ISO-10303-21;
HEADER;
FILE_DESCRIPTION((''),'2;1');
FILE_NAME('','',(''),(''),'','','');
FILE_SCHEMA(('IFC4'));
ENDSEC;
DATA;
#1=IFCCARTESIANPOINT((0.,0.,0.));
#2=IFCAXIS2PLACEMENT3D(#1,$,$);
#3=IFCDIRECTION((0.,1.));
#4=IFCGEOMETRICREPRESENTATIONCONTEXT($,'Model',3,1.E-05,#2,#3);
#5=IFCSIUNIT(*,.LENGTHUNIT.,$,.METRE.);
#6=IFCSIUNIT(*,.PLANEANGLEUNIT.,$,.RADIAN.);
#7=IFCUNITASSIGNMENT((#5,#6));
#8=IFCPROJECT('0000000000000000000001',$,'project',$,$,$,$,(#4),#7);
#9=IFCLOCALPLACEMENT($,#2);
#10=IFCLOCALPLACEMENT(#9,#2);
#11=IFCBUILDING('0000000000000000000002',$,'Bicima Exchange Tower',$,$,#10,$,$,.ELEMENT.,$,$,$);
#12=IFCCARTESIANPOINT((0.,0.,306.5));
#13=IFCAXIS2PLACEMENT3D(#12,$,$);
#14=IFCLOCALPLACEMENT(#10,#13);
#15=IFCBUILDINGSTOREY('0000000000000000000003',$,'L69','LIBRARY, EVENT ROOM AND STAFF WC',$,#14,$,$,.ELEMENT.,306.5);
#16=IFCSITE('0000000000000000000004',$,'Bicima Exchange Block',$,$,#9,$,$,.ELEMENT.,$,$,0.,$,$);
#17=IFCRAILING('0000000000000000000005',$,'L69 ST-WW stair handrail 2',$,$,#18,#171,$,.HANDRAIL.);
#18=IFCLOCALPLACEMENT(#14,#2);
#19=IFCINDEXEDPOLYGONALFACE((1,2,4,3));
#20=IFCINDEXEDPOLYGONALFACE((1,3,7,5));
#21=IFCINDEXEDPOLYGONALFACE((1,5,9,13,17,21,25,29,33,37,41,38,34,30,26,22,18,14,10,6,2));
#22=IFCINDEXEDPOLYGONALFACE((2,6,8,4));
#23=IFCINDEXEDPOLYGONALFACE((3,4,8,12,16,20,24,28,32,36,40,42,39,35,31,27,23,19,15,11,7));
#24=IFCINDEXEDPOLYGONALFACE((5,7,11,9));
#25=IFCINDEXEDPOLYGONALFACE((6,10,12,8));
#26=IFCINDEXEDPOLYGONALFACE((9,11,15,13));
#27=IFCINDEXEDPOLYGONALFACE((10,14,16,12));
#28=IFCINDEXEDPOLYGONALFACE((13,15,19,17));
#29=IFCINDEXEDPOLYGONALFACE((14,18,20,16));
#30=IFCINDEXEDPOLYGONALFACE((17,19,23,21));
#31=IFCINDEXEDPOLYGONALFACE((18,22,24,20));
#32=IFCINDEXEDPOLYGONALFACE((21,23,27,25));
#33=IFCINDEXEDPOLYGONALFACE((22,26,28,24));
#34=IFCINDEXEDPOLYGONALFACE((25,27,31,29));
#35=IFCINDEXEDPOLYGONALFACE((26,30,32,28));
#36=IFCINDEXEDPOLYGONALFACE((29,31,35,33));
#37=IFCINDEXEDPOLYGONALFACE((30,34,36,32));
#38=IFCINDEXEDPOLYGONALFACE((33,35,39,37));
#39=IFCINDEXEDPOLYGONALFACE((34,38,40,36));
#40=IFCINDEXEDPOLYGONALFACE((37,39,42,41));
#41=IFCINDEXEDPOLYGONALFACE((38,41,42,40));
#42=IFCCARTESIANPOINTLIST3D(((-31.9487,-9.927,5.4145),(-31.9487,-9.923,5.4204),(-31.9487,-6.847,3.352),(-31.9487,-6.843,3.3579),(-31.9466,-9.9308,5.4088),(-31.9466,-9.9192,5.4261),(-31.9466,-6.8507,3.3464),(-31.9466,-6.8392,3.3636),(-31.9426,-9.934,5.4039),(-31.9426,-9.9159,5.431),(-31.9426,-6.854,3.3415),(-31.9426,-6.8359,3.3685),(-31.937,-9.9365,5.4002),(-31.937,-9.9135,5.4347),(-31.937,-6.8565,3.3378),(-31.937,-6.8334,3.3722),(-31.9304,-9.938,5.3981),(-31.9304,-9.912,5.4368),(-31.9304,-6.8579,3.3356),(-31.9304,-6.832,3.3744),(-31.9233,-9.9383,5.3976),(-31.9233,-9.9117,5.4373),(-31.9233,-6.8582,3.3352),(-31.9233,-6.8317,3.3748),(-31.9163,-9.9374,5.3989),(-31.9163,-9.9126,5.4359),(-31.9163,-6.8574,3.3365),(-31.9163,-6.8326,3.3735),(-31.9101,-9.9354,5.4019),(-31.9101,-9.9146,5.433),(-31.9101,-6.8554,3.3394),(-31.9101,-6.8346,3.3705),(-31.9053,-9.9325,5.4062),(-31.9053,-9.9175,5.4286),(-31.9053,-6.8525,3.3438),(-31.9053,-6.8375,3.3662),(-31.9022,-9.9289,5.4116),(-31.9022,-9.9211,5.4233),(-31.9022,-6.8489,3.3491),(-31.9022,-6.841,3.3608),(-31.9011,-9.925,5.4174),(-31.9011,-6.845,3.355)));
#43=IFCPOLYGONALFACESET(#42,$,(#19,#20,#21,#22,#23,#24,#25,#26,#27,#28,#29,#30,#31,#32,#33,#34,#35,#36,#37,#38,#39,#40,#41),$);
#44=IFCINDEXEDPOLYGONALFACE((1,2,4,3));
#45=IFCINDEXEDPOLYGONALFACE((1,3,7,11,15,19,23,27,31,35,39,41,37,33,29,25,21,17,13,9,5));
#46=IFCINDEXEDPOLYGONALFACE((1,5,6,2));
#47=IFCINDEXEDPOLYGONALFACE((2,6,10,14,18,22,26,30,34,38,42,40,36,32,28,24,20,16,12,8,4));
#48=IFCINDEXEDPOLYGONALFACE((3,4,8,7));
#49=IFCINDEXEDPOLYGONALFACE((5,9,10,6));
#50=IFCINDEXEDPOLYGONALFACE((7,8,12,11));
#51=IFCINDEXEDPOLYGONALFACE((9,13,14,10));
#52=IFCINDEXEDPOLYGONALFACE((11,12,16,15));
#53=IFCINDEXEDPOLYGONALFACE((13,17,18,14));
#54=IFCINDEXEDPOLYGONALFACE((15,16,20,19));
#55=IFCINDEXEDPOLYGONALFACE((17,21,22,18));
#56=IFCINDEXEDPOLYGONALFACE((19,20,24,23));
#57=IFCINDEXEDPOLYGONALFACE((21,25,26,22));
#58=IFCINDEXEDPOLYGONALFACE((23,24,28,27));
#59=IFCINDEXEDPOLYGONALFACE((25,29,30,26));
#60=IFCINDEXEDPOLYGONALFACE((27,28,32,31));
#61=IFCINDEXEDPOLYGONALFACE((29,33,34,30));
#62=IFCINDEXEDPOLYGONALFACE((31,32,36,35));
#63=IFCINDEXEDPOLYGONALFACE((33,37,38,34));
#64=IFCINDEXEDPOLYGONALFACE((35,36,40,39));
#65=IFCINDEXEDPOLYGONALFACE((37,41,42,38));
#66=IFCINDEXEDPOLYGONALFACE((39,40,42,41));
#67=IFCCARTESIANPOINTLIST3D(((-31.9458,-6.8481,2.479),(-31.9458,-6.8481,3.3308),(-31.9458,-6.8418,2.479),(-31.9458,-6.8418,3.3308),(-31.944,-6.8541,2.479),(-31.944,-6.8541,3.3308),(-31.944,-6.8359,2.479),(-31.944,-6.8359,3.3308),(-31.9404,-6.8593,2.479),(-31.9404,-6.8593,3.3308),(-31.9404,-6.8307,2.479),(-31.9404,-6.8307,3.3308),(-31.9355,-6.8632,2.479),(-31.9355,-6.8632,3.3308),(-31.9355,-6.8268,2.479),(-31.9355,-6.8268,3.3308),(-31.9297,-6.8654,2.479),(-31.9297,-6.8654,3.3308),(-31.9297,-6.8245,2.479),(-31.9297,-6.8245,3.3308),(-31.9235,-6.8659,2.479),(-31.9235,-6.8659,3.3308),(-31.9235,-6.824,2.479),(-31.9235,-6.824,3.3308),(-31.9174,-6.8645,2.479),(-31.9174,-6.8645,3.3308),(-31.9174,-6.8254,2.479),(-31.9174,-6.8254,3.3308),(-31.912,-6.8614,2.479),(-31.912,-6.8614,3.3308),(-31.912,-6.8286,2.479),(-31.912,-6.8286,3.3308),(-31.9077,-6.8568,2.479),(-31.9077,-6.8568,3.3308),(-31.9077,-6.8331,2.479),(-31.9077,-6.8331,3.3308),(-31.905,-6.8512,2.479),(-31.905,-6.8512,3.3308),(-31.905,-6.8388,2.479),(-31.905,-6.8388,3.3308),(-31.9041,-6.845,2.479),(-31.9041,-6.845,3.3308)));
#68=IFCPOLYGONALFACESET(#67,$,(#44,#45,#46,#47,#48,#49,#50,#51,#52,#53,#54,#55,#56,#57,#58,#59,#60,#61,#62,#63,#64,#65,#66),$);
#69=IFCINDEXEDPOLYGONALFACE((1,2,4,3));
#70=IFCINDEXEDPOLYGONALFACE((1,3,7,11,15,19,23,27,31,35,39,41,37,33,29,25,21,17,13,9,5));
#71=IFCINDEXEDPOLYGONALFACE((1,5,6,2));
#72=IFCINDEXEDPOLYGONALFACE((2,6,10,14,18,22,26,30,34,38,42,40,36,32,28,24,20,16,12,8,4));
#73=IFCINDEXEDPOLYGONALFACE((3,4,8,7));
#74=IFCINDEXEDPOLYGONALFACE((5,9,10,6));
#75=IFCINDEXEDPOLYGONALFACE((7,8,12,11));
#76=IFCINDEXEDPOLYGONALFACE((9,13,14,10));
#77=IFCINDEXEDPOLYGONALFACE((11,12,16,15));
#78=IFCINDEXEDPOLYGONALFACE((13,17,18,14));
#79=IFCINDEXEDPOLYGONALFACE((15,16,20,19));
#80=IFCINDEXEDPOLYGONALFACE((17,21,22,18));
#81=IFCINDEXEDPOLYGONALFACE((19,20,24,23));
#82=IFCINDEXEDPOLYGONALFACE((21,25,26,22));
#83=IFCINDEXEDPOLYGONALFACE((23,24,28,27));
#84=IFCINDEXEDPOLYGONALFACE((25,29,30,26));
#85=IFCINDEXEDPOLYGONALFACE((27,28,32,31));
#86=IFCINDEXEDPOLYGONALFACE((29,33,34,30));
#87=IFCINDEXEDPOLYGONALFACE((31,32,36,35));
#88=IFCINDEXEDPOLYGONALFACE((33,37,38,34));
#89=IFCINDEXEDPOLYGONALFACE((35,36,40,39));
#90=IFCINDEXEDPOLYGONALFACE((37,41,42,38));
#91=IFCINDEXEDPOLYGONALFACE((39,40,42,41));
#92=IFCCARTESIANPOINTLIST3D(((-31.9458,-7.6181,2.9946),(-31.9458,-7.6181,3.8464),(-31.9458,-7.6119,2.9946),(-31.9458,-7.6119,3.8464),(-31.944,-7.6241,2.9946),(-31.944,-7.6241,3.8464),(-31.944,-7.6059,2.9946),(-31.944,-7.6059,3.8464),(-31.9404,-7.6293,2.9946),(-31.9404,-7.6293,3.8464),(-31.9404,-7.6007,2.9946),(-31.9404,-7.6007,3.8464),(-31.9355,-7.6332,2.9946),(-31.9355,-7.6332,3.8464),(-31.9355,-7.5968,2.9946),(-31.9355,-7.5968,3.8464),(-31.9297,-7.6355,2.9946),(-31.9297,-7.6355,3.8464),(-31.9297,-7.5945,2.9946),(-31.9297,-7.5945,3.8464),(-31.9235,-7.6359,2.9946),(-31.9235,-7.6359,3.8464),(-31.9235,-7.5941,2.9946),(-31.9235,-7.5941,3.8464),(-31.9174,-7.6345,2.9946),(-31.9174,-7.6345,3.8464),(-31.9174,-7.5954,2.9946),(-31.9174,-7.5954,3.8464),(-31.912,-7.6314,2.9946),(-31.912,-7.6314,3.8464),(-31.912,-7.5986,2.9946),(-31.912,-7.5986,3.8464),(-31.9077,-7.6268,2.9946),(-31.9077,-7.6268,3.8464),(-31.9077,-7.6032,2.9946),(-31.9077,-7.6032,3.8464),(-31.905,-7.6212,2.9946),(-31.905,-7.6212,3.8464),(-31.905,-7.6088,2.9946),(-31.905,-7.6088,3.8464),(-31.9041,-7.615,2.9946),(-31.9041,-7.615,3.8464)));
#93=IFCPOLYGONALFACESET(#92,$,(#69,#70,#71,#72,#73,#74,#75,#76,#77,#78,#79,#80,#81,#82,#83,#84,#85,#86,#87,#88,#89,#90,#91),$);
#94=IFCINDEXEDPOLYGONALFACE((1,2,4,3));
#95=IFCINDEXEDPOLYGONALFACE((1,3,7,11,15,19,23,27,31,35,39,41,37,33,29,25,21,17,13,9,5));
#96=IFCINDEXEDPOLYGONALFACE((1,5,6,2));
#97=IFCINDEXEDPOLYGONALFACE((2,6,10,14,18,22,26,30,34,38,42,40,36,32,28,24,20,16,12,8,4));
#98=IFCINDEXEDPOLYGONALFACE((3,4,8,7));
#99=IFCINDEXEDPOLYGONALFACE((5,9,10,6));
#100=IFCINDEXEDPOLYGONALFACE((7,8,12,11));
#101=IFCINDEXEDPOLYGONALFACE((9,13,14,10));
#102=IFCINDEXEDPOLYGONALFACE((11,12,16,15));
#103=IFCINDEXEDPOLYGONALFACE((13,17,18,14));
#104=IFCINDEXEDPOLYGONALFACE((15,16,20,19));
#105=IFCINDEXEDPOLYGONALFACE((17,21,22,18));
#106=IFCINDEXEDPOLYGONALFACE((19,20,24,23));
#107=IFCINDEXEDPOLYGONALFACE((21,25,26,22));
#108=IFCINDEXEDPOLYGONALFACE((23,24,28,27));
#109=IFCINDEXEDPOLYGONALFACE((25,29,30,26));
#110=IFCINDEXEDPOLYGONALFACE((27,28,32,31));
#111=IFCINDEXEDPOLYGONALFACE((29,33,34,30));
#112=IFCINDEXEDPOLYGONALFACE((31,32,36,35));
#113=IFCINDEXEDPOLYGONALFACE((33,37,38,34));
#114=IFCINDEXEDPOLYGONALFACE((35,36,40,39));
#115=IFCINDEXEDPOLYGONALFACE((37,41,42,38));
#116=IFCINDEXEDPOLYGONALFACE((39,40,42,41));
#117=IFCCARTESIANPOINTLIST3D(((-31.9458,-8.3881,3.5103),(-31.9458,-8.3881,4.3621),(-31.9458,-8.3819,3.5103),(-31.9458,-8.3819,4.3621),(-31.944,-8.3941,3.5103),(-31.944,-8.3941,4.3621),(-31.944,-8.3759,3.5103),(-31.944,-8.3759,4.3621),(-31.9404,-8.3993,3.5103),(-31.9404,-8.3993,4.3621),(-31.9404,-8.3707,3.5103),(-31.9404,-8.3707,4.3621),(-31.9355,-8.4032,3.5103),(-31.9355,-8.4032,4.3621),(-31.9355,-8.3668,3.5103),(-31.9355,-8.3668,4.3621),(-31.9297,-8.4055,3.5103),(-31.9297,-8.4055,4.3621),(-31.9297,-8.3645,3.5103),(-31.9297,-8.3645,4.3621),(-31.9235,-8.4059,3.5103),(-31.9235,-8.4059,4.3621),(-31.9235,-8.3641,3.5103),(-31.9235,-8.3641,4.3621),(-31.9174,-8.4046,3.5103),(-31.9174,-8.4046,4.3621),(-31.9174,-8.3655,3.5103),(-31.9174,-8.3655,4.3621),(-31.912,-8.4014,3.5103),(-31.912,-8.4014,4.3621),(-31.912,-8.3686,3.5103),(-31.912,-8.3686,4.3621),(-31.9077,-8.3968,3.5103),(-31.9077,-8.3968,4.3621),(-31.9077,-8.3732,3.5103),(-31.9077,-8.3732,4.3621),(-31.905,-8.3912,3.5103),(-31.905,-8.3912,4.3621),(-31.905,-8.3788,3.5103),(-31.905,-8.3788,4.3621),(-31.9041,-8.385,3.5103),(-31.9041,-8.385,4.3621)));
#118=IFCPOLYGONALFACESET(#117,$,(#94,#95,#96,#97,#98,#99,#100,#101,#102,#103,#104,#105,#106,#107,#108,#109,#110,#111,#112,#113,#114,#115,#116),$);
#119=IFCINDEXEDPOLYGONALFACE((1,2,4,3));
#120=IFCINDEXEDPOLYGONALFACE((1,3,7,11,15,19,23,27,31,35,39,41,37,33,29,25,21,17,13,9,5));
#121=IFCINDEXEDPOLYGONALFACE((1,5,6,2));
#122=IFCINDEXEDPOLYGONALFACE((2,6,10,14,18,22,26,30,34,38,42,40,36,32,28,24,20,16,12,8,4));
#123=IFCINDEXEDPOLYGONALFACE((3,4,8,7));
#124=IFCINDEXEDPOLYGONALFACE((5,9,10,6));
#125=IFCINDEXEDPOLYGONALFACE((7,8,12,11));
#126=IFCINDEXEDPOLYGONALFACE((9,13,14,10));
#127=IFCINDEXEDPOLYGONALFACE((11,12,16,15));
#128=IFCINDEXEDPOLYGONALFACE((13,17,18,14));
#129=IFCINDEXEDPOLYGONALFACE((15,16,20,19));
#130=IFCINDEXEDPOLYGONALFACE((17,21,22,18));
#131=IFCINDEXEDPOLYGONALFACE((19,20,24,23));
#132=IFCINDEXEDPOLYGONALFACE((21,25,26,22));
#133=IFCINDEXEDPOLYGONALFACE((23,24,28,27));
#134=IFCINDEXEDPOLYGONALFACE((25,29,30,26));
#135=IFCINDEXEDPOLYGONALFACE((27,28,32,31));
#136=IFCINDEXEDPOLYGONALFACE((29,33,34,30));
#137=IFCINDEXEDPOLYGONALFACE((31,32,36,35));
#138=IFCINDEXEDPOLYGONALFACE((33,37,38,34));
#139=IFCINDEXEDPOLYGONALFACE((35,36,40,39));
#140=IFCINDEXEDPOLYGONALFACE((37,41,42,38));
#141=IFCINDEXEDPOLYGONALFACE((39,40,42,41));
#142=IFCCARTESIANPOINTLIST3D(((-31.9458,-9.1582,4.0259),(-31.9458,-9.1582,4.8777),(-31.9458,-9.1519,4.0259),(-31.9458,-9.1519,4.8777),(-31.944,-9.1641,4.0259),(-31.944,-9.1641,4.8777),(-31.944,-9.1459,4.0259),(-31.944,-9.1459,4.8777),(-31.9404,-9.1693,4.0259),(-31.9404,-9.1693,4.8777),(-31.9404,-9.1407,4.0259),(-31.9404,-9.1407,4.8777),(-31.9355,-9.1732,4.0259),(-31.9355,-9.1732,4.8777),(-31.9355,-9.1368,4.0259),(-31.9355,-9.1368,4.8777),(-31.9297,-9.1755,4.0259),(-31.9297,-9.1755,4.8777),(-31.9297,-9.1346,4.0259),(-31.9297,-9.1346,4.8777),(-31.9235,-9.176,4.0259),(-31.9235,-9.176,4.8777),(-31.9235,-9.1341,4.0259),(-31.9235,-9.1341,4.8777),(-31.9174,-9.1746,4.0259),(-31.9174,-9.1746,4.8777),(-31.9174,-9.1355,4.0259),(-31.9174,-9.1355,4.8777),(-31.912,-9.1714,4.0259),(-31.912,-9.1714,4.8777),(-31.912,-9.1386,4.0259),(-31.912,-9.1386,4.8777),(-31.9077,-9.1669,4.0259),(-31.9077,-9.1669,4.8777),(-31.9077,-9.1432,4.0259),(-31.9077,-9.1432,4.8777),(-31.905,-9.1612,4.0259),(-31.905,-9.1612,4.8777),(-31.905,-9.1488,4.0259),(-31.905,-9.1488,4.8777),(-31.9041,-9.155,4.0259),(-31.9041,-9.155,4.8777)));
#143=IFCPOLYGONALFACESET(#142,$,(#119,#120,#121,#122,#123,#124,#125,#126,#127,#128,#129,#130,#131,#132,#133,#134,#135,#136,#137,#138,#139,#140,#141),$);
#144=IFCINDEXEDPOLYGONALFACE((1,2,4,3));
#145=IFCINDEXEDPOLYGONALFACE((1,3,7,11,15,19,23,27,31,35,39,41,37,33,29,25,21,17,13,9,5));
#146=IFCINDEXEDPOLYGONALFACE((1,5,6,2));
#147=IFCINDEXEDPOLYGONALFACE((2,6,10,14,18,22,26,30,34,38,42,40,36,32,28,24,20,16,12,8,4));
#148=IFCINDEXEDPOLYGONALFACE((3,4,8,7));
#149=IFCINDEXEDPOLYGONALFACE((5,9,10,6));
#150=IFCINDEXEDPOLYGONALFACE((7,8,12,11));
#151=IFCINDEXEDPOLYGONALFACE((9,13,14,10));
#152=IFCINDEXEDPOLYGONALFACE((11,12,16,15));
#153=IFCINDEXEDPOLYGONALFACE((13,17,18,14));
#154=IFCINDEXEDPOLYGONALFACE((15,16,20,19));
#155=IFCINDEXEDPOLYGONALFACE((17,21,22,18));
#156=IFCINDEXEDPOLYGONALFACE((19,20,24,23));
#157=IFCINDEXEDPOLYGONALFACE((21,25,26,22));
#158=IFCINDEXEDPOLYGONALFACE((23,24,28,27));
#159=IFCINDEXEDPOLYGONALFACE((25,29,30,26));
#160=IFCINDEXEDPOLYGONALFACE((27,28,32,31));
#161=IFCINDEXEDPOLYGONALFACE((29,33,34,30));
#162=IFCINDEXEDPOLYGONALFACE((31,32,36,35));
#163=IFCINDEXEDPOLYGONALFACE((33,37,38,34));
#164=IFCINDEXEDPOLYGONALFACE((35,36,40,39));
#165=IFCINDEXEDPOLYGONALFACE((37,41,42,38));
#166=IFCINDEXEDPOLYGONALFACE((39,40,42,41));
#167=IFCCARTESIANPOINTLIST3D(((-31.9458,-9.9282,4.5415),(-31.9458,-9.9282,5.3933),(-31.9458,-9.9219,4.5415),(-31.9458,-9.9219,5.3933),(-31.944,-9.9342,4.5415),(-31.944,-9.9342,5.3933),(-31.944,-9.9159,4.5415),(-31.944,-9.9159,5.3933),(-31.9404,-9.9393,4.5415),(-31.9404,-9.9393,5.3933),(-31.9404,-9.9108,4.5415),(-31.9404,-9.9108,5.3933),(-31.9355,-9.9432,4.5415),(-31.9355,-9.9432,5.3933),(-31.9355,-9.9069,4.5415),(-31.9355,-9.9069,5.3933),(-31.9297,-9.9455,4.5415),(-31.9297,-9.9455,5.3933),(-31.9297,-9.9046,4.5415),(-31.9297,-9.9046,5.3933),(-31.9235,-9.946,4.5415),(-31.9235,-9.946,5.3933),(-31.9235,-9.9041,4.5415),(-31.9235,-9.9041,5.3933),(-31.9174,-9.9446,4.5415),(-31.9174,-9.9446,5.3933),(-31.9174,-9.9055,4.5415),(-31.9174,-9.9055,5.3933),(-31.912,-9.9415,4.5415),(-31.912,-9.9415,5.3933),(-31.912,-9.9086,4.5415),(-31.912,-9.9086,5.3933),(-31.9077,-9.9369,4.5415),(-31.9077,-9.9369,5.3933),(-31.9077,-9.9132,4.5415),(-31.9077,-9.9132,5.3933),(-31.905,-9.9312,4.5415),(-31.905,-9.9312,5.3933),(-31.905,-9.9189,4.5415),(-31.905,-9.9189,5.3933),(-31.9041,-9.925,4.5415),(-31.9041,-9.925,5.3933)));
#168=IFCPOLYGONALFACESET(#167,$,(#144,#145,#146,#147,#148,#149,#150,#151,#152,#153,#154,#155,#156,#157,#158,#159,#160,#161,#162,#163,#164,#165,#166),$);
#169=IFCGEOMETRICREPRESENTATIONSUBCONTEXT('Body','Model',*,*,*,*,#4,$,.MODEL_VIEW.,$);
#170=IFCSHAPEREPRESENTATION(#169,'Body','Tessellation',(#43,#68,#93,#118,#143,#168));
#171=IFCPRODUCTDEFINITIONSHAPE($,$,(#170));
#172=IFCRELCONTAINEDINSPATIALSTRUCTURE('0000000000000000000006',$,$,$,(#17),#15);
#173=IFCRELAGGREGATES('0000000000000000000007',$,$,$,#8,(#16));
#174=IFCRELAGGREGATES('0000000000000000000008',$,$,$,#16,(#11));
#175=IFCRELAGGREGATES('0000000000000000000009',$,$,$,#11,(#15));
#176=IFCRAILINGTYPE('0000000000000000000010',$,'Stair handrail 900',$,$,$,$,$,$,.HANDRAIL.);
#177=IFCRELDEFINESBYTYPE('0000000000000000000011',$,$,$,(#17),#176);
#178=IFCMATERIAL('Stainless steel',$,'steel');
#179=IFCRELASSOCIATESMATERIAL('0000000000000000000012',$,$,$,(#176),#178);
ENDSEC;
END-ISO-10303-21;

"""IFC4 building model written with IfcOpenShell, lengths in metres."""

from ifc_helpers import new_model, si_unit, direction, frame, origin, origin_2d, place, context, subcontext, project, spatial, circle, extrude, material, type_object, element, save


model = new_model("IFC4")

# Units and contexts
model_context = context("Model", 3, precision=1e-05, world=origin(), true_north=direction((0.0, 1.0)))
body_context = subcontext(model_context, "Body", "Model", "MODEL_VIEW")
ifc_project = project(units=[si_unit("LENGTHUNIT", "METRE"), si_unit("PLANEANGLEUNIT", "RADIAN")], contexts=[model_context])

# Site, building, storey
site_placement = place(None, origin())
site = spatial("IfcSite", under=ifc_project, at=site_placement, Name="Bicima Exchange Block", CompositionType="ELEMENT", RefElevation=0.0)
building_placement = place(site_placement, origin())
building = spatial("IfcBuilding", under=site, at=building_placement, Name="Bicima Exchange Tower", CompositionType="ELEMENT")
storey_placement = place(building_placement, frame((0.0, 0.0, 306.5)))
storey = spatial("IfcBuildingStorey", under=building, at=storey_placement, Name="L69", Description="LIBRARY, EVENT ROOM AND STAFF WC", CompositionType="ELEMENT", Elevation=306.5)

# Railing
ifc_material_1 = material(Name="Stainless steel", Category="steel")
railing_type_1 = type_object("IfcRailingType", Name="Stair handrail 900", PredefinedType="HANDRAIL", material=ifc_material_1)
railing_1_placement = place(storey_placement, frame((-31.925, -6.845, 2.479)))
element("IfcRailing", 1, at=railing_1_placement, inside=storey, type_object=railing_type_1, Name="L69 ST-WW stair handrail 2", PredefinedType="HANDRAIL", context=body_context, shape_type="SweptSolid", body=[
    extrude(circle(Radius=0.0239, at=origin_2d()), frame((0.0, 0.0, 0.876), z_axis=(0.0, -0.830914, 0.556401), x_axis=(1.0, 0.0, 0.0)), (0.0, 0.0, 1.0), 3.7068),
    extrude(circle(Radius=0.021, at=origin_2d()), origin(), (0.0, 0.0, 1.0), 0.8518),
    extrude(circle(Radius=0.021, at=origin_2d()), frame((0.0, -0.77, 0.5156)), (0.0, 0.0, 1.0), 0.8518),
    extrude(circle(Radius=0.021, at=origin_2d()), frame((0.0, -1.54, 1.0312)), (0.0, 0.0, 1.0), 0.8518),
    extrude(circle(Radius=0.021, at=origin_2d()), frame((0.0, -2.3101, 1.5469)), (0.0, 0.0, 1.0), 0.8518),
    extrude(circle(Radius=0.021, at=origin_2d()), frame((0.0, -3.0801, 2.0625)), (0.0, 0.0, 1.0), 0.8518),
])

save(model, "model.ifc")
